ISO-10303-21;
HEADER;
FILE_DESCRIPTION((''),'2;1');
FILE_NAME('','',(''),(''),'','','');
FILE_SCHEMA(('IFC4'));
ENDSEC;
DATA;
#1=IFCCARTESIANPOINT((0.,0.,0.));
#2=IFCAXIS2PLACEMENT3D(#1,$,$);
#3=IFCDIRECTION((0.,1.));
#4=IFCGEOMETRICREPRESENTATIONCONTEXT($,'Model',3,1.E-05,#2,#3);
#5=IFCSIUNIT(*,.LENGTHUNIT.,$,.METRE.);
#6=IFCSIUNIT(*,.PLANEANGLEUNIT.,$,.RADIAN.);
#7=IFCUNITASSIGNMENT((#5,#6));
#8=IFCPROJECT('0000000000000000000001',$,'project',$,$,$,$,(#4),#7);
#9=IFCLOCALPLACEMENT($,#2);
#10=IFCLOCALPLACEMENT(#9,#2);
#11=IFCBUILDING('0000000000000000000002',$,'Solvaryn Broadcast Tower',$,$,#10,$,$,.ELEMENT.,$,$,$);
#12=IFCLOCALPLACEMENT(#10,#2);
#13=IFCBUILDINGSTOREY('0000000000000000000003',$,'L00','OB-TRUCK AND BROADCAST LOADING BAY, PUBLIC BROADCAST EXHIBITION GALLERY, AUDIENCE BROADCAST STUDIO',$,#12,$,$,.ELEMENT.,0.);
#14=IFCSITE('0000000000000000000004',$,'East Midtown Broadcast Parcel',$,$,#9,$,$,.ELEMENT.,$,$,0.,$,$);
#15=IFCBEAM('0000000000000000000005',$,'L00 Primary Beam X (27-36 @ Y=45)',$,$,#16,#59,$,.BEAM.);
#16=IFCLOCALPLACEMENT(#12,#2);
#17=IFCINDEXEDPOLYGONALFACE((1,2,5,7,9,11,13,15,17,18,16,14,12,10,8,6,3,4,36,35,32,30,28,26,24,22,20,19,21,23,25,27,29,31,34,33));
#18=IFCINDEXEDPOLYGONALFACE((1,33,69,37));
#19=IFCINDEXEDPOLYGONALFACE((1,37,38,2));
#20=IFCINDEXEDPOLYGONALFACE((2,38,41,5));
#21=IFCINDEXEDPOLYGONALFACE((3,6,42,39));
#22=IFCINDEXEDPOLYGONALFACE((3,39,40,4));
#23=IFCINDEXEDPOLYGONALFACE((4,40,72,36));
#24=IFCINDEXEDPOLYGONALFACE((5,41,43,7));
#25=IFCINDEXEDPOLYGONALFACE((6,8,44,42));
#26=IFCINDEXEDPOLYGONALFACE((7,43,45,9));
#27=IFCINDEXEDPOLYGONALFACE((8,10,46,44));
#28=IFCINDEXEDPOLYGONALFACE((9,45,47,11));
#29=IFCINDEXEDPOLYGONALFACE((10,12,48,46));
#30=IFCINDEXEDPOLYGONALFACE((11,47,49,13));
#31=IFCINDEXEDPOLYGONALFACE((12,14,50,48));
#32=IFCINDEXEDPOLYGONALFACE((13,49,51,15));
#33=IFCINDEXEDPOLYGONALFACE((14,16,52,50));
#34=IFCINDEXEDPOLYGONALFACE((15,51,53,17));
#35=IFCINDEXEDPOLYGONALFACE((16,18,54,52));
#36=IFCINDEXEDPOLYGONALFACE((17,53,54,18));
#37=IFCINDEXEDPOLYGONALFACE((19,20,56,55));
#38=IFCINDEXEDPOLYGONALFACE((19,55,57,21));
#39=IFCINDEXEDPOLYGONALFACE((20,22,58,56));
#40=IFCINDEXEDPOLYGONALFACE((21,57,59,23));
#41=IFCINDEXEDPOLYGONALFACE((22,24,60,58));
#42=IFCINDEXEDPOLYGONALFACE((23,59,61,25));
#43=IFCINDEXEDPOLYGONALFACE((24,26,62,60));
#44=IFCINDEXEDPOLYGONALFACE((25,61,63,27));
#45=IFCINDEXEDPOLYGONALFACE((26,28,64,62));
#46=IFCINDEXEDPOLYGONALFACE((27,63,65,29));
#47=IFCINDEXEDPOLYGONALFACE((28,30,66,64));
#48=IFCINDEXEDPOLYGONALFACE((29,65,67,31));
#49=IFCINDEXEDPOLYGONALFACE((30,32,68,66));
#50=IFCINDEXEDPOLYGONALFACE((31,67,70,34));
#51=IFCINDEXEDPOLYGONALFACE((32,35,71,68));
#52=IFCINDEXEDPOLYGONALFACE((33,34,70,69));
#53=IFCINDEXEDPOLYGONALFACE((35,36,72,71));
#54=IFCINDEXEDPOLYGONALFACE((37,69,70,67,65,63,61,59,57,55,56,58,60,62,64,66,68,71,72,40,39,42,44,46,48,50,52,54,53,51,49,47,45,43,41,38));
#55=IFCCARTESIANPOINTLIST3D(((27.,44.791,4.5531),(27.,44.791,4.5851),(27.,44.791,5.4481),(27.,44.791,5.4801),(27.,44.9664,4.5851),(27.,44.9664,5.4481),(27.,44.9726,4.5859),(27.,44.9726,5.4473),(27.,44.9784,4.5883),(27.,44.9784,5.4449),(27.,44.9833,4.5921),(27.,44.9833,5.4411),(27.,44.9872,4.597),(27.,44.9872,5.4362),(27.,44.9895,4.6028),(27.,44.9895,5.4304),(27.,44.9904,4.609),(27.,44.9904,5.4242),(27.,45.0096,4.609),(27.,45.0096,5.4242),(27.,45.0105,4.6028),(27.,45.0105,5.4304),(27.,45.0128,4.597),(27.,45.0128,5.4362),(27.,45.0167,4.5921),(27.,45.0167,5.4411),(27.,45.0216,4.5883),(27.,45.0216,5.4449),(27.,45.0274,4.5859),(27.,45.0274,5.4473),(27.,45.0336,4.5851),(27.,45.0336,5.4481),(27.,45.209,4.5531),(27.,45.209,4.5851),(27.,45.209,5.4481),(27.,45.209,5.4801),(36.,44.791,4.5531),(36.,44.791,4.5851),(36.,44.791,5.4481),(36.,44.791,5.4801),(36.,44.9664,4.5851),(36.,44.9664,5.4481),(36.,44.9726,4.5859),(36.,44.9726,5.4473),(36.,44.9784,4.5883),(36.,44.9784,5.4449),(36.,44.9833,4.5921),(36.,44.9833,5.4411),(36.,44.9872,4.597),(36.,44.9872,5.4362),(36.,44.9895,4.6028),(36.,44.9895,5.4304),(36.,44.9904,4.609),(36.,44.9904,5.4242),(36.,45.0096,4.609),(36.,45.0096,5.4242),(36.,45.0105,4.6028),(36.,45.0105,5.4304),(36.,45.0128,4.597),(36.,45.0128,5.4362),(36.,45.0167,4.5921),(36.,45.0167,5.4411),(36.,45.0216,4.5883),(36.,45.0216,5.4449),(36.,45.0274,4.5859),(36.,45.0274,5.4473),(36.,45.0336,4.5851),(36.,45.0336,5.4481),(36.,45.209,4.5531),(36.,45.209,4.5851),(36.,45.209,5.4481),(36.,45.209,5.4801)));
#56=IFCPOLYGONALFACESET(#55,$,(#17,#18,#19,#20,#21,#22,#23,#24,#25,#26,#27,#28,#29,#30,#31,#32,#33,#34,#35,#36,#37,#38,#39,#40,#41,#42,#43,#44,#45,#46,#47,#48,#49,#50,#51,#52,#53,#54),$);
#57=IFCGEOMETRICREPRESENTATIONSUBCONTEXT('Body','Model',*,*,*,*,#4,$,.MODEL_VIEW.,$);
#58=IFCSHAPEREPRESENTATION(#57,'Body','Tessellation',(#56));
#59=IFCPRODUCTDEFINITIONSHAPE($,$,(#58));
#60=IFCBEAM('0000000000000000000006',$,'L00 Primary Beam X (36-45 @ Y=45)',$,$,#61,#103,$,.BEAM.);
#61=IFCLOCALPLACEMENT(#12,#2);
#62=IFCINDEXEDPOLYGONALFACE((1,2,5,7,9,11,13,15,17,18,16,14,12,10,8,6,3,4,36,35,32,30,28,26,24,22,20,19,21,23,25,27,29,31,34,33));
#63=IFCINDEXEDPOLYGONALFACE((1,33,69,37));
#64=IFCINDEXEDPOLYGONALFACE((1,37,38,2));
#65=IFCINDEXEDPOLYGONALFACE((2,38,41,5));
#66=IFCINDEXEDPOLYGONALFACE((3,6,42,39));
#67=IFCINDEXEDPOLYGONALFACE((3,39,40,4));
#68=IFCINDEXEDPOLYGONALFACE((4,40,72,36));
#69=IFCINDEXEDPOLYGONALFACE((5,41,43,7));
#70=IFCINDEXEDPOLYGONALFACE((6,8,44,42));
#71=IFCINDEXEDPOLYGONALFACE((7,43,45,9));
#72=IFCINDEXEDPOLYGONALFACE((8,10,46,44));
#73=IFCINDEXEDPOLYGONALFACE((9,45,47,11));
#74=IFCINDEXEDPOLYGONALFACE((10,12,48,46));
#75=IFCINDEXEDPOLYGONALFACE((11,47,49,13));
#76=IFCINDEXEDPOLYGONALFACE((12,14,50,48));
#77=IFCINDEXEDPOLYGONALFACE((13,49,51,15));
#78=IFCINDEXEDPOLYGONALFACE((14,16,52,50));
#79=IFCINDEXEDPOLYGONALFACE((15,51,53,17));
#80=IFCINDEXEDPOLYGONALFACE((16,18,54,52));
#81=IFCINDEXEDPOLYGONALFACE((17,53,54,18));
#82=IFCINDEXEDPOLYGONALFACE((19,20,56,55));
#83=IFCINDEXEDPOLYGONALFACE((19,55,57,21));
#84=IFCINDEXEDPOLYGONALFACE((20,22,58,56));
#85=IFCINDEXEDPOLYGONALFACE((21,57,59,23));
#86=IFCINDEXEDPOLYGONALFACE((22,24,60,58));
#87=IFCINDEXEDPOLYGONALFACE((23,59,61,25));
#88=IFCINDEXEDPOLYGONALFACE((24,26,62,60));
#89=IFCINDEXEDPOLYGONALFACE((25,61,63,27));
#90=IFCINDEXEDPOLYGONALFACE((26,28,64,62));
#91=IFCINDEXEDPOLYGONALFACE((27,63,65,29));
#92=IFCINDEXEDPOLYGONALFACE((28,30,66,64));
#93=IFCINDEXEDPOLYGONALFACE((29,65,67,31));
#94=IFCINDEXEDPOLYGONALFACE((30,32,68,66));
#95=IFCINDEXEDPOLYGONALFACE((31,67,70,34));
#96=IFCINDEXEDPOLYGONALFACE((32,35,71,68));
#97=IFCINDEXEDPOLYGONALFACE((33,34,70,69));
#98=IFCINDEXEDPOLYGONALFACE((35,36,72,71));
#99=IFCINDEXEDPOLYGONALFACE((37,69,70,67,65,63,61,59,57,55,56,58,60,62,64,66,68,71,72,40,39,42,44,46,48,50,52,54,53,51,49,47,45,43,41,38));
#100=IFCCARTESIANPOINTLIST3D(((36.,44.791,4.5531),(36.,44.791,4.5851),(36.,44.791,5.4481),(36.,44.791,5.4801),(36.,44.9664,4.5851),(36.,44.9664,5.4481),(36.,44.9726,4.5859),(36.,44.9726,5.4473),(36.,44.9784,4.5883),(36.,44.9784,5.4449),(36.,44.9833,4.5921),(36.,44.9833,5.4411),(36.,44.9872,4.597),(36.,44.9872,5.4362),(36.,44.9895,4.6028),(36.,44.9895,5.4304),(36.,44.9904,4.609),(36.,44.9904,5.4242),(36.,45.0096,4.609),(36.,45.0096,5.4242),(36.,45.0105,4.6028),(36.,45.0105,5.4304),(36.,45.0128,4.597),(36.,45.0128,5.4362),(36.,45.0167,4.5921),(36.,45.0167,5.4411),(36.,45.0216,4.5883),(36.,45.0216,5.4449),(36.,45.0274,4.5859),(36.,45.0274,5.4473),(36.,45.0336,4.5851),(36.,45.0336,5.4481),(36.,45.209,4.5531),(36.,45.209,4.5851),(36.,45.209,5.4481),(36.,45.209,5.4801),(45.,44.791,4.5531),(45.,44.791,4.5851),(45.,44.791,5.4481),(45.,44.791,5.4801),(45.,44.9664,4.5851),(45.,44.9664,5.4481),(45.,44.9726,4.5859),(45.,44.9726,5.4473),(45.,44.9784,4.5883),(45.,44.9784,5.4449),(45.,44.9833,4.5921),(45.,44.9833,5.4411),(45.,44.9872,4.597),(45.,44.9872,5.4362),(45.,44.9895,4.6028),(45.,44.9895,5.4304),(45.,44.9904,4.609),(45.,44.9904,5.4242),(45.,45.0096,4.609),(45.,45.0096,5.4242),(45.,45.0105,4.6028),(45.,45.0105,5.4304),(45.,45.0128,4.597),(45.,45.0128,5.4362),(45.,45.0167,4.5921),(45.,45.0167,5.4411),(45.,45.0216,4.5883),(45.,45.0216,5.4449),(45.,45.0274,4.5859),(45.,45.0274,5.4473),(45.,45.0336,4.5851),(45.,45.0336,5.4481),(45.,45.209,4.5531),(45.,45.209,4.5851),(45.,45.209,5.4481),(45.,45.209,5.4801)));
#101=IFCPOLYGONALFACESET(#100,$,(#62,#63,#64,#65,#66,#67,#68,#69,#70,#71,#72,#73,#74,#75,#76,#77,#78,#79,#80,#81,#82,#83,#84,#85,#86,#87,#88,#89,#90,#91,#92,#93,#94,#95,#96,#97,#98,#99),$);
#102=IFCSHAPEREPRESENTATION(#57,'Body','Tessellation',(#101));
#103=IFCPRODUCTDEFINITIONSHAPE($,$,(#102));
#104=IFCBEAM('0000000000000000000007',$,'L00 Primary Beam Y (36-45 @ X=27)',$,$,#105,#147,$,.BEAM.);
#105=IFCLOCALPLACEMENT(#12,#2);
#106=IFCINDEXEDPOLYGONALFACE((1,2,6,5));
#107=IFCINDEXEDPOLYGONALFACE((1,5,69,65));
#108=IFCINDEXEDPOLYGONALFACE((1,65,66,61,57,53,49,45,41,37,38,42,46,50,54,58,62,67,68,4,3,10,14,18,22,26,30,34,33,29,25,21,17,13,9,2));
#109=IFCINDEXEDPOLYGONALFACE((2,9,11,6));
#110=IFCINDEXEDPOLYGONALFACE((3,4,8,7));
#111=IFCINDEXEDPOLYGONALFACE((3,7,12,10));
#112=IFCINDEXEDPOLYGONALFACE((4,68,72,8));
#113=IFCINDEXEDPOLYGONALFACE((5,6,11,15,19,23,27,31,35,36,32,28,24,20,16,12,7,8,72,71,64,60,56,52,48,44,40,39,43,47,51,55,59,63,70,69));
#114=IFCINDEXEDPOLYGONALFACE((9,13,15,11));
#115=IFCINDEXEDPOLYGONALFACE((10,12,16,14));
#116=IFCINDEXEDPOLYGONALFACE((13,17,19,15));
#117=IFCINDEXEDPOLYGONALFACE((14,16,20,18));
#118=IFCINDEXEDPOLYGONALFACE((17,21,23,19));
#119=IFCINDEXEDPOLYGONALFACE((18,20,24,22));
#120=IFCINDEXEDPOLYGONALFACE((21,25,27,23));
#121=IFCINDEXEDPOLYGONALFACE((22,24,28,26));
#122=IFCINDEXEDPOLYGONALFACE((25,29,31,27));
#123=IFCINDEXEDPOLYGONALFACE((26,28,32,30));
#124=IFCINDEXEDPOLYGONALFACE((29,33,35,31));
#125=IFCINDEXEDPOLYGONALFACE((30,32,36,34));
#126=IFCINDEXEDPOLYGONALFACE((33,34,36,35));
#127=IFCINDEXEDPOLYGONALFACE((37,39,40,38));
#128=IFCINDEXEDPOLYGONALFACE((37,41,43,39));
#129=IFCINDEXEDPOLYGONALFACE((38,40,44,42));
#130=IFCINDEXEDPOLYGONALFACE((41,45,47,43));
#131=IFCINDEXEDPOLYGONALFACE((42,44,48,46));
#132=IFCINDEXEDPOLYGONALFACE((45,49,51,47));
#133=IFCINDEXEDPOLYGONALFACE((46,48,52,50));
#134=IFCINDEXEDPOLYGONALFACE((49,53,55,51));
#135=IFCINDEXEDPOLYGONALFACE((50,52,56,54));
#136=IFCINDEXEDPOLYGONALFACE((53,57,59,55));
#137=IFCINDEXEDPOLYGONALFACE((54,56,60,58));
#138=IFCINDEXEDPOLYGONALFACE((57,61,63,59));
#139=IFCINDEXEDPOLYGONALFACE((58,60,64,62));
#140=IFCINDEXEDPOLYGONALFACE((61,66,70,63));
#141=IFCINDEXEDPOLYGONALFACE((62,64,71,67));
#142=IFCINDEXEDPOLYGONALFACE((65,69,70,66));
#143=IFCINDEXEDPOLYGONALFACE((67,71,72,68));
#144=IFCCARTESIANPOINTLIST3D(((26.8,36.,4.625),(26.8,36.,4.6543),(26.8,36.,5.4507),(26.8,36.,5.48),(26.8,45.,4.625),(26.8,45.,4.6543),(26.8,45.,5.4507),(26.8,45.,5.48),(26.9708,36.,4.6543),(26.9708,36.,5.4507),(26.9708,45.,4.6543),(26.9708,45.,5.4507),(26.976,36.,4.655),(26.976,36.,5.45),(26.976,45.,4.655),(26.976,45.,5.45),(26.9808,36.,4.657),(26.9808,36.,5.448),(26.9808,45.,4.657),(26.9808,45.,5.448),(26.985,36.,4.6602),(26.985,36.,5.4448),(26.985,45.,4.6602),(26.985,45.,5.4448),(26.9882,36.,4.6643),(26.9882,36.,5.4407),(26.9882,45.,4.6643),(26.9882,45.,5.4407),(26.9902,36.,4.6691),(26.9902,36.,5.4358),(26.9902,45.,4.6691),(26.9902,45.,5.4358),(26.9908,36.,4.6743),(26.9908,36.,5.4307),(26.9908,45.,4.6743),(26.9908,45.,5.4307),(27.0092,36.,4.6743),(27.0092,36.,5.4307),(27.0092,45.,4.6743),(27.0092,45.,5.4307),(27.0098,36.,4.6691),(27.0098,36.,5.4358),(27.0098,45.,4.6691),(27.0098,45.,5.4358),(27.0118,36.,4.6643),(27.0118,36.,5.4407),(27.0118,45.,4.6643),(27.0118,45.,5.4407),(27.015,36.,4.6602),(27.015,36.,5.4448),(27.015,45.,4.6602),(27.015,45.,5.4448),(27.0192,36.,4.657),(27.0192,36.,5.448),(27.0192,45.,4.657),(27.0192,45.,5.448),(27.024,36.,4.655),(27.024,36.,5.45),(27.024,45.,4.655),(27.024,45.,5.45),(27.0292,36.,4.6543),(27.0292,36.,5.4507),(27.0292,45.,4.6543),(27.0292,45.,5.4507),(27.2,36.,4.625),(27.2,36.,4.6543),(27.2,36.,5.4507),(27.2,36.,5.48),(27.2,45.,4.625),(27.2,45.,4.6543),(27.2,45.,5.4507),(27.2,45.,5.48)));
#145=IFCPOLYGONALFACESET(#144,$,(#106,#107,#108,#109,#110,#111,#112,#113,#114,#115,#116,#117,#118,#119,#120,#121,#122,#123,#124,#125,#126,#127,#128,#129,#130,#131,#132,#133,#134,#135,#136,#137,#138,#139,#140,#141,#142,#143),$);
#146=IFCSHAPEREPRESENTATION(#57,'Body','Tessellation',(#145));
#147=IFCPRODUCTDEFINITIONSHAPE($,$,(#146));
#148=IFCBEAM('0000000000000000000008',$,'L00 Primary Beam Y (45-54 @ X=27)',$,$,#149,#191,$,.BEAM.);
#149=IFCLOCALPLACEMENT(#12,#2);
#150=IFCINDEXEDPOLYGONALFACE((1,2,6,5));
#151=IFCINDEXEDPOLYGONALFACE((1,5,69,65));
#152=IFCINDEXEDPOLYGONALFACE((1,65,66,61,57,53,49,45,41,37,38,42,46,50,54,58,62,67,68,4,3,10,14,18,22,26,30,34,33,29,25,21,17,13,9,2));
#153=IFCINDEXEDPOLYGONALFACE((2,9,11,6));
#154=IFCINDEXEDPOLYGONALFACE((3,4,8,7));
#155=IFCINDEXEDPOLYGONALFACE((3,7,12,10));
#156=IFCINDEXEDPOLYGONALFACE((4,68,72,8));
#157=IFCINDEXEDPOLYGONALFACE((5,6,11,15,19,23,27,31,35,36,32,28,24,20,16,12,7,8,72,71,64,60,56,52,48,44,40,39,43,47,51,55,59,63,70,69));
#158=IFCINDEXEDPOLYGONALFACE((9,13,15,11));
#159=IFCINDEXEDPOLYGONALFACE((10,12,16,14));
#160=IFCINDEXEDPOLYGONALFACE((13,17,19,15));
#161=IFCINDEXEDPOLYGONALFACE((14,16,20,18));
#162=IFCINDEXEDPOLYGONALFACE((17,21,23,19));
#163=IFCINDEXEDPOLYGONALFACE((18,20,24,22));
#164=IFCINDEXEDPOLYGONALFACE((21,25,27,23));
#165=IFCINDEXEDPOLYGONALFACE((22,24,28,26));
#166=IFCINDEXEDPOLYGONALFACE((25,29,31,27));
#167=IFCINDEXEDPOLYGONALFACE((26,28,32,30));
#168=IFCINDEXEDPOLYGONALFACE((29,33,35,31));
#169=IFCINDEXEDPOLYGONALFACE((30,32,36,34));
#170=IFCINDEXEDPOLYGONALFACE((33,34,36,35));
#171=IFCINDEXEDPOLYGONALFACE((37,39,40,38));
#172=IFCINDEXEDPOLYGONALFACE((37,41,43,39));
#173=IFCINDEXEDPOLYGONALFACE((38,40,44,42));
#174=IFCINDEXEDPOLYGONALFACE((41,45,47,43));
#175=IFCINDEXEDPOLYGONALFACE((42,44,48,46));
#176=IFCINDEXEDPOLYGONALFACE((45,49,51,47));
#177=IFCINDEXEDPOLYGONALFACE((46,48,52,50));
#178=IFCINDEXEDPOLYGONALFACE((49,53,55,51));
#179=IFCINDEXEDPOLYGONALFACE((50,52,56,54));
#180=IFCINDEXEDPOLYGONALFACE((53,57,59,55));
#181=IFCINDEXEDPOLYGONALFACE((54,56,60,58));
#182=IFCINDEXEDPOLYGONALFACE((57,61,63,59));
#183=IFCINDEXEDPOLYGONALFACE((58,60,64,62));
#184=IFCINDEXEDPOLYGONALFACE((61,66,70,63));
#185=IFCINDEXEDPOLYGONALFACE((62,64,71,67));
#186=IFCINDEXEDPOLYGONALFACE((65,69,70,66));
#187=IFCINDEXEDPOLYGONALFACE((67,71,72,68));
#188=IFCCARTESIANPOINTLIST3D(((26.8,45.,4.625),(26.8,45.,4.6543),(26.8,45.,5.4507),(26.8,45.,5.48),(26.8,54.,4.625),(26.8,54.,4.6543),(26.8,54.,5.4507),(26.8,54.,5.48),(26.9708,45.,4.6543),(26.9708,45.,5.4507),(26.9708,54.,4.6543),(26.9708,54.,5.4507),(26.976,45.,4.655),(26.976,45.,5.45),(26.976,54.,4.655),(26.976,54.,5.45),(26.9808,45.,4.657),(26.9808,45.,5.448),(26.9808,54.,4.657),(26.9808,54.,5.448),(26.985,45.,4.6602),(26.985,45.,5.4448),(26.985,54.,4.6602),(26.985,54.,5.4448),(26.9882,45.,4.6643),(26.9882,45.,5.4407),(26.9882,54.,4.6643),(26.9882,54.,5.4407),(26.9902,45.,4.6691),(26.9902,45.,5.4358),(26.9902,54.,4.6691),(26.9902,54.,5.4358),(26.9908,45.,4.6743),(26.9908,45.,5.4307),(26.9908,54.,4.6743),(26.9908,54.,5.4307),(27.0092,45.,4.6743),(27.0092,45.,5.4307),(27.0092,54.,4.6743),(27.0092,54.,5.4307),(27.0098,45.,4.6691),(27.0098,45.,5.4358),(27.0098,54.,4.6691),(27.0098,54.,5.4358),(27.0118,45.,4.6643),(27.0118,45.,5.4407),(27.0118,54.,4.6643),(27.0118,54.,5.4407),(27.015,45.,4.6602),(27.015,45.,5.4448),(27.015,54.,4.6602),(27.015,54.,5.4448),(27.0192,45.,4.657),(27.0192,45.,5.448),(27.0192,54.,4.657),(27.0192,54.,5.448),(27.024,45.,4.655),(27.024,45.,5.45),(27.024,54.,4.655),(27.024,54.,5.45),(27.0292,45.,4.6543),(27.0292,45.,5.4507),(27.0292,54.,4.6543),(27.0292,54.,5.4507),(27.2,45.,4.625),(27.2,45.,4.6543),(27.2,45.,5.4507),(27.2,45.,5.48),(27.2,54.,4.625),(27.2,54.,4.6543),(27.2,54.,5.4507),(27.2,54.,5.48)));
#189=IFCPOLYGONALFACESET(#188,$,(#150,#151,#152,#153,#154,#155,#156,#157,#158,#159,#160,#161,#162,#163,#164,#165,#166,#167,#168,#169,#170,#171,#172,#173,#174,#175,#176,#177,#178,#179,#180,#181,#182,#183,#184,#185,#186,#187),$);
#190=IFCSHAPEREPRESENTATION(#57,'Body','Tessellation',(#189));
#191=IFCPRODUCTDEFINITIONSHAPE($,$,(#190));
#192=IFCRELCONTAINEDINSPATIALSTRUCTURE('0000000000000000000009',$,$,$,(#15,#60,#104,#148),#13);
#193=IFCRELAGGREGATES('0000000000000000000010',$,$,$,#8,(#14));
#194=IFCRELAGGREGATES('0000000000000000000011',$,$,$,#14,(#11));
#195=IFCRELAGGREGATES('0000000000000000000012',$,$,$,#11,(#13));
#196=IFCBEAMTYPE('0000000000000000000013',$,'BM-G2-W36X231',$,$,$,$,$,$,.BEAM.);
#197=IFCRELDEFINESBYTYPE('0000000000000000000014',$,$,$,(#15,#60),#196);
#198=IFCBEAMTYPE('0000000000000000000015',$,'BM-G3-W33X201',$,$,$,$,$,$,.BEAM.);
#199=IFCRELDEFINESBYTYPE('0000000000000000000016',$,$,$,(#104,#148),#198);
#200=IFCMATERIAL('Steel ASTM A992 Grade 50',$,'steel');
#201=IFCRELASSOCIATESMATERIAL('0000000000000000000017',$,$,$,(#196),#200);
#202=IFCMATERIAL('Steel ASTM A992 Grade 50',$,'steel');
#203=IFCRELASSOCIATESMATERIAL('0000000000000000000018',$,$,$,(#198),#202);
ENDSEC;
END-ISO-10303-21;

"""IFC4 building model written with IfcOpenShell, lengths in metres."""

from ifc_helpers import new_model, si_unit, direction, frame, origin, origin_2d, place, context, subcontext, project, spatial, i_section, extrude, material, material_profile, profile_set, type_object, element, save


model = new_model("IFC4")

# Units and contexts
model_context = context("Model", 3, precision=1e-05, world=origin(), true_north=direction((0.0, 1.0)))
body_context = subcontext(model_context, "Body", "Model", "MODEL_VIEW")
ifc_project = project(units=[si_unit("LENGTHUNIT", "METRE"), si_unit("PLANEANGLEUNIT", "RADIAN")], contexts=[model_context])

# Site, building, storey
site_placement = place(None, origin())
site = spatial("IfcSite", under=ifc_project, at=site_placement, Name="East Midtown Broadcast Parcel", CompositionType="ELEMENT", RefElevation=0.0)
building_placement = place(site_placement, origin())
building = spatial("IfcBuilding", under=site, at=building_placement, Name="Solvaryn Broadcast Tower", CompositionType="ELEMENT")
storey_placement = place(building_placement, origin())
storey = spatial("IfcBuildingStorey", under=building, at=storey_placement, Name="L00", Description="OB-TRUCK AND BROADCAST LOADING BAY, PUBLIC BROADCAST EXHIBITION GALLERY, AUDIENCE BROADCAST STUDIO", CompositionType="ELEMENT", Elevation=0.0)

# Beams
ifc_material_1 = material(Name="Steel ASTM A992 Grade 50", Category="steel")
ifc_material_profile_1 = material_profile(ifc_material_1, i_section(OverallWidth=0.418, OverallDepth=0.927, WebThickness=0.0193, FlangeThickness=0.032, FilletRadius=0.0239, at=origin_2d()))
ifc_profile_set_1 = profile_set([ifc_material_profile_1], Name="Steel ASTM A992 Grade 50")
beam_type_1 = type_object("IfcBeamType", Name="BM-G2-W36X231", PredefinedType="BEAM", material=ifc_profile_set_1)
for number, where, z_axis, x_axis, name in (
    (1, (27.0, 45.0, 5.0166), (1.0, 0.0, 0.0), (0.0, 1.0, 0.0), "L00 Primary Beam X (27-36 @ Y=45)"),
    (2, (36.0, 45.0, 5.0166), (1.0, 0.0, 0.0), (0.0, 1.0, 0.0), "L00 Primary Beam X (36-45 @ Y=45)"),
):
    element("IfcBeam", number, at=place(storey_placement, frame(where, z_axis=z_axis, x_axis=x_axis)), inside=storey, type_object=beam_type_1, Name=name, PredefinedType="BEAM", context=body_context, shape_type="SweptSolid", body=[
        extrude(i_section(OverallWidth=0.418, OverallDepth=0.927, WebThickness=0.0193, FlangeThickness=0.032, FilletRadius=0.0239, at=origin_2d()), origin(), (0.0, 0.0, 1.0), 9.0),
    ])
ifc_material_2 = material(Name="Steel ASTM A992 Grade 50", Category="steel")
ifc_material_profile_2 = material_profile(ifc_material_2, i_section(OverallWidth=0.3999, OverallDepth=0.855, WebThickness=0.0183, FlangeThickness=0.0293, FilletRadius=0.02, at=origin_2d()))
ifc_profile_set_2 = profile_set([ifc_material_profile_2], Name="Steel ASTM A992 Grade 50")
beam_type_2 = type_object("IfcBeamType", Name="BM-G3-W33X201", PredefinedType="BEAM", material=ifc_profile_set_2)
for number, where, z_axis, x_axis, name in (
    (3, (27.0, 36.0, 5.0525), (0.0, 1.0, 0.0), (-1.0, 0.0, 0.0), "L00 Primary Beam Y (36-45 @ X=27)"),
    (4, (27.0, 45.0, 5.0525), (0.0, 1.0, 0.0), (-1.0, 0.0, 0.0), "L00 Primary Beam Y (45-54 @ X=27)"),
):
    element("IfcBeam", number, at=place(storey_placement, frame(where, z_axis=z_axis, x_axis=x_axis)), inside=storey, type_object=beam_type_2, Name=name, PredefinedType="BEAM", context=body_context, shape_type="SweptSolid", body=[
        extrude(i_section(OverallWidth=0.3999, OverallDepth=0.855, WebThickness=0.0183, FlangeThickness=0.0293, FilletRadius=0.02, at=origin_2d()), origin(), (0.0, 0.0, 1.0), 9.0),
    ])

save(model, "model.ifc")
